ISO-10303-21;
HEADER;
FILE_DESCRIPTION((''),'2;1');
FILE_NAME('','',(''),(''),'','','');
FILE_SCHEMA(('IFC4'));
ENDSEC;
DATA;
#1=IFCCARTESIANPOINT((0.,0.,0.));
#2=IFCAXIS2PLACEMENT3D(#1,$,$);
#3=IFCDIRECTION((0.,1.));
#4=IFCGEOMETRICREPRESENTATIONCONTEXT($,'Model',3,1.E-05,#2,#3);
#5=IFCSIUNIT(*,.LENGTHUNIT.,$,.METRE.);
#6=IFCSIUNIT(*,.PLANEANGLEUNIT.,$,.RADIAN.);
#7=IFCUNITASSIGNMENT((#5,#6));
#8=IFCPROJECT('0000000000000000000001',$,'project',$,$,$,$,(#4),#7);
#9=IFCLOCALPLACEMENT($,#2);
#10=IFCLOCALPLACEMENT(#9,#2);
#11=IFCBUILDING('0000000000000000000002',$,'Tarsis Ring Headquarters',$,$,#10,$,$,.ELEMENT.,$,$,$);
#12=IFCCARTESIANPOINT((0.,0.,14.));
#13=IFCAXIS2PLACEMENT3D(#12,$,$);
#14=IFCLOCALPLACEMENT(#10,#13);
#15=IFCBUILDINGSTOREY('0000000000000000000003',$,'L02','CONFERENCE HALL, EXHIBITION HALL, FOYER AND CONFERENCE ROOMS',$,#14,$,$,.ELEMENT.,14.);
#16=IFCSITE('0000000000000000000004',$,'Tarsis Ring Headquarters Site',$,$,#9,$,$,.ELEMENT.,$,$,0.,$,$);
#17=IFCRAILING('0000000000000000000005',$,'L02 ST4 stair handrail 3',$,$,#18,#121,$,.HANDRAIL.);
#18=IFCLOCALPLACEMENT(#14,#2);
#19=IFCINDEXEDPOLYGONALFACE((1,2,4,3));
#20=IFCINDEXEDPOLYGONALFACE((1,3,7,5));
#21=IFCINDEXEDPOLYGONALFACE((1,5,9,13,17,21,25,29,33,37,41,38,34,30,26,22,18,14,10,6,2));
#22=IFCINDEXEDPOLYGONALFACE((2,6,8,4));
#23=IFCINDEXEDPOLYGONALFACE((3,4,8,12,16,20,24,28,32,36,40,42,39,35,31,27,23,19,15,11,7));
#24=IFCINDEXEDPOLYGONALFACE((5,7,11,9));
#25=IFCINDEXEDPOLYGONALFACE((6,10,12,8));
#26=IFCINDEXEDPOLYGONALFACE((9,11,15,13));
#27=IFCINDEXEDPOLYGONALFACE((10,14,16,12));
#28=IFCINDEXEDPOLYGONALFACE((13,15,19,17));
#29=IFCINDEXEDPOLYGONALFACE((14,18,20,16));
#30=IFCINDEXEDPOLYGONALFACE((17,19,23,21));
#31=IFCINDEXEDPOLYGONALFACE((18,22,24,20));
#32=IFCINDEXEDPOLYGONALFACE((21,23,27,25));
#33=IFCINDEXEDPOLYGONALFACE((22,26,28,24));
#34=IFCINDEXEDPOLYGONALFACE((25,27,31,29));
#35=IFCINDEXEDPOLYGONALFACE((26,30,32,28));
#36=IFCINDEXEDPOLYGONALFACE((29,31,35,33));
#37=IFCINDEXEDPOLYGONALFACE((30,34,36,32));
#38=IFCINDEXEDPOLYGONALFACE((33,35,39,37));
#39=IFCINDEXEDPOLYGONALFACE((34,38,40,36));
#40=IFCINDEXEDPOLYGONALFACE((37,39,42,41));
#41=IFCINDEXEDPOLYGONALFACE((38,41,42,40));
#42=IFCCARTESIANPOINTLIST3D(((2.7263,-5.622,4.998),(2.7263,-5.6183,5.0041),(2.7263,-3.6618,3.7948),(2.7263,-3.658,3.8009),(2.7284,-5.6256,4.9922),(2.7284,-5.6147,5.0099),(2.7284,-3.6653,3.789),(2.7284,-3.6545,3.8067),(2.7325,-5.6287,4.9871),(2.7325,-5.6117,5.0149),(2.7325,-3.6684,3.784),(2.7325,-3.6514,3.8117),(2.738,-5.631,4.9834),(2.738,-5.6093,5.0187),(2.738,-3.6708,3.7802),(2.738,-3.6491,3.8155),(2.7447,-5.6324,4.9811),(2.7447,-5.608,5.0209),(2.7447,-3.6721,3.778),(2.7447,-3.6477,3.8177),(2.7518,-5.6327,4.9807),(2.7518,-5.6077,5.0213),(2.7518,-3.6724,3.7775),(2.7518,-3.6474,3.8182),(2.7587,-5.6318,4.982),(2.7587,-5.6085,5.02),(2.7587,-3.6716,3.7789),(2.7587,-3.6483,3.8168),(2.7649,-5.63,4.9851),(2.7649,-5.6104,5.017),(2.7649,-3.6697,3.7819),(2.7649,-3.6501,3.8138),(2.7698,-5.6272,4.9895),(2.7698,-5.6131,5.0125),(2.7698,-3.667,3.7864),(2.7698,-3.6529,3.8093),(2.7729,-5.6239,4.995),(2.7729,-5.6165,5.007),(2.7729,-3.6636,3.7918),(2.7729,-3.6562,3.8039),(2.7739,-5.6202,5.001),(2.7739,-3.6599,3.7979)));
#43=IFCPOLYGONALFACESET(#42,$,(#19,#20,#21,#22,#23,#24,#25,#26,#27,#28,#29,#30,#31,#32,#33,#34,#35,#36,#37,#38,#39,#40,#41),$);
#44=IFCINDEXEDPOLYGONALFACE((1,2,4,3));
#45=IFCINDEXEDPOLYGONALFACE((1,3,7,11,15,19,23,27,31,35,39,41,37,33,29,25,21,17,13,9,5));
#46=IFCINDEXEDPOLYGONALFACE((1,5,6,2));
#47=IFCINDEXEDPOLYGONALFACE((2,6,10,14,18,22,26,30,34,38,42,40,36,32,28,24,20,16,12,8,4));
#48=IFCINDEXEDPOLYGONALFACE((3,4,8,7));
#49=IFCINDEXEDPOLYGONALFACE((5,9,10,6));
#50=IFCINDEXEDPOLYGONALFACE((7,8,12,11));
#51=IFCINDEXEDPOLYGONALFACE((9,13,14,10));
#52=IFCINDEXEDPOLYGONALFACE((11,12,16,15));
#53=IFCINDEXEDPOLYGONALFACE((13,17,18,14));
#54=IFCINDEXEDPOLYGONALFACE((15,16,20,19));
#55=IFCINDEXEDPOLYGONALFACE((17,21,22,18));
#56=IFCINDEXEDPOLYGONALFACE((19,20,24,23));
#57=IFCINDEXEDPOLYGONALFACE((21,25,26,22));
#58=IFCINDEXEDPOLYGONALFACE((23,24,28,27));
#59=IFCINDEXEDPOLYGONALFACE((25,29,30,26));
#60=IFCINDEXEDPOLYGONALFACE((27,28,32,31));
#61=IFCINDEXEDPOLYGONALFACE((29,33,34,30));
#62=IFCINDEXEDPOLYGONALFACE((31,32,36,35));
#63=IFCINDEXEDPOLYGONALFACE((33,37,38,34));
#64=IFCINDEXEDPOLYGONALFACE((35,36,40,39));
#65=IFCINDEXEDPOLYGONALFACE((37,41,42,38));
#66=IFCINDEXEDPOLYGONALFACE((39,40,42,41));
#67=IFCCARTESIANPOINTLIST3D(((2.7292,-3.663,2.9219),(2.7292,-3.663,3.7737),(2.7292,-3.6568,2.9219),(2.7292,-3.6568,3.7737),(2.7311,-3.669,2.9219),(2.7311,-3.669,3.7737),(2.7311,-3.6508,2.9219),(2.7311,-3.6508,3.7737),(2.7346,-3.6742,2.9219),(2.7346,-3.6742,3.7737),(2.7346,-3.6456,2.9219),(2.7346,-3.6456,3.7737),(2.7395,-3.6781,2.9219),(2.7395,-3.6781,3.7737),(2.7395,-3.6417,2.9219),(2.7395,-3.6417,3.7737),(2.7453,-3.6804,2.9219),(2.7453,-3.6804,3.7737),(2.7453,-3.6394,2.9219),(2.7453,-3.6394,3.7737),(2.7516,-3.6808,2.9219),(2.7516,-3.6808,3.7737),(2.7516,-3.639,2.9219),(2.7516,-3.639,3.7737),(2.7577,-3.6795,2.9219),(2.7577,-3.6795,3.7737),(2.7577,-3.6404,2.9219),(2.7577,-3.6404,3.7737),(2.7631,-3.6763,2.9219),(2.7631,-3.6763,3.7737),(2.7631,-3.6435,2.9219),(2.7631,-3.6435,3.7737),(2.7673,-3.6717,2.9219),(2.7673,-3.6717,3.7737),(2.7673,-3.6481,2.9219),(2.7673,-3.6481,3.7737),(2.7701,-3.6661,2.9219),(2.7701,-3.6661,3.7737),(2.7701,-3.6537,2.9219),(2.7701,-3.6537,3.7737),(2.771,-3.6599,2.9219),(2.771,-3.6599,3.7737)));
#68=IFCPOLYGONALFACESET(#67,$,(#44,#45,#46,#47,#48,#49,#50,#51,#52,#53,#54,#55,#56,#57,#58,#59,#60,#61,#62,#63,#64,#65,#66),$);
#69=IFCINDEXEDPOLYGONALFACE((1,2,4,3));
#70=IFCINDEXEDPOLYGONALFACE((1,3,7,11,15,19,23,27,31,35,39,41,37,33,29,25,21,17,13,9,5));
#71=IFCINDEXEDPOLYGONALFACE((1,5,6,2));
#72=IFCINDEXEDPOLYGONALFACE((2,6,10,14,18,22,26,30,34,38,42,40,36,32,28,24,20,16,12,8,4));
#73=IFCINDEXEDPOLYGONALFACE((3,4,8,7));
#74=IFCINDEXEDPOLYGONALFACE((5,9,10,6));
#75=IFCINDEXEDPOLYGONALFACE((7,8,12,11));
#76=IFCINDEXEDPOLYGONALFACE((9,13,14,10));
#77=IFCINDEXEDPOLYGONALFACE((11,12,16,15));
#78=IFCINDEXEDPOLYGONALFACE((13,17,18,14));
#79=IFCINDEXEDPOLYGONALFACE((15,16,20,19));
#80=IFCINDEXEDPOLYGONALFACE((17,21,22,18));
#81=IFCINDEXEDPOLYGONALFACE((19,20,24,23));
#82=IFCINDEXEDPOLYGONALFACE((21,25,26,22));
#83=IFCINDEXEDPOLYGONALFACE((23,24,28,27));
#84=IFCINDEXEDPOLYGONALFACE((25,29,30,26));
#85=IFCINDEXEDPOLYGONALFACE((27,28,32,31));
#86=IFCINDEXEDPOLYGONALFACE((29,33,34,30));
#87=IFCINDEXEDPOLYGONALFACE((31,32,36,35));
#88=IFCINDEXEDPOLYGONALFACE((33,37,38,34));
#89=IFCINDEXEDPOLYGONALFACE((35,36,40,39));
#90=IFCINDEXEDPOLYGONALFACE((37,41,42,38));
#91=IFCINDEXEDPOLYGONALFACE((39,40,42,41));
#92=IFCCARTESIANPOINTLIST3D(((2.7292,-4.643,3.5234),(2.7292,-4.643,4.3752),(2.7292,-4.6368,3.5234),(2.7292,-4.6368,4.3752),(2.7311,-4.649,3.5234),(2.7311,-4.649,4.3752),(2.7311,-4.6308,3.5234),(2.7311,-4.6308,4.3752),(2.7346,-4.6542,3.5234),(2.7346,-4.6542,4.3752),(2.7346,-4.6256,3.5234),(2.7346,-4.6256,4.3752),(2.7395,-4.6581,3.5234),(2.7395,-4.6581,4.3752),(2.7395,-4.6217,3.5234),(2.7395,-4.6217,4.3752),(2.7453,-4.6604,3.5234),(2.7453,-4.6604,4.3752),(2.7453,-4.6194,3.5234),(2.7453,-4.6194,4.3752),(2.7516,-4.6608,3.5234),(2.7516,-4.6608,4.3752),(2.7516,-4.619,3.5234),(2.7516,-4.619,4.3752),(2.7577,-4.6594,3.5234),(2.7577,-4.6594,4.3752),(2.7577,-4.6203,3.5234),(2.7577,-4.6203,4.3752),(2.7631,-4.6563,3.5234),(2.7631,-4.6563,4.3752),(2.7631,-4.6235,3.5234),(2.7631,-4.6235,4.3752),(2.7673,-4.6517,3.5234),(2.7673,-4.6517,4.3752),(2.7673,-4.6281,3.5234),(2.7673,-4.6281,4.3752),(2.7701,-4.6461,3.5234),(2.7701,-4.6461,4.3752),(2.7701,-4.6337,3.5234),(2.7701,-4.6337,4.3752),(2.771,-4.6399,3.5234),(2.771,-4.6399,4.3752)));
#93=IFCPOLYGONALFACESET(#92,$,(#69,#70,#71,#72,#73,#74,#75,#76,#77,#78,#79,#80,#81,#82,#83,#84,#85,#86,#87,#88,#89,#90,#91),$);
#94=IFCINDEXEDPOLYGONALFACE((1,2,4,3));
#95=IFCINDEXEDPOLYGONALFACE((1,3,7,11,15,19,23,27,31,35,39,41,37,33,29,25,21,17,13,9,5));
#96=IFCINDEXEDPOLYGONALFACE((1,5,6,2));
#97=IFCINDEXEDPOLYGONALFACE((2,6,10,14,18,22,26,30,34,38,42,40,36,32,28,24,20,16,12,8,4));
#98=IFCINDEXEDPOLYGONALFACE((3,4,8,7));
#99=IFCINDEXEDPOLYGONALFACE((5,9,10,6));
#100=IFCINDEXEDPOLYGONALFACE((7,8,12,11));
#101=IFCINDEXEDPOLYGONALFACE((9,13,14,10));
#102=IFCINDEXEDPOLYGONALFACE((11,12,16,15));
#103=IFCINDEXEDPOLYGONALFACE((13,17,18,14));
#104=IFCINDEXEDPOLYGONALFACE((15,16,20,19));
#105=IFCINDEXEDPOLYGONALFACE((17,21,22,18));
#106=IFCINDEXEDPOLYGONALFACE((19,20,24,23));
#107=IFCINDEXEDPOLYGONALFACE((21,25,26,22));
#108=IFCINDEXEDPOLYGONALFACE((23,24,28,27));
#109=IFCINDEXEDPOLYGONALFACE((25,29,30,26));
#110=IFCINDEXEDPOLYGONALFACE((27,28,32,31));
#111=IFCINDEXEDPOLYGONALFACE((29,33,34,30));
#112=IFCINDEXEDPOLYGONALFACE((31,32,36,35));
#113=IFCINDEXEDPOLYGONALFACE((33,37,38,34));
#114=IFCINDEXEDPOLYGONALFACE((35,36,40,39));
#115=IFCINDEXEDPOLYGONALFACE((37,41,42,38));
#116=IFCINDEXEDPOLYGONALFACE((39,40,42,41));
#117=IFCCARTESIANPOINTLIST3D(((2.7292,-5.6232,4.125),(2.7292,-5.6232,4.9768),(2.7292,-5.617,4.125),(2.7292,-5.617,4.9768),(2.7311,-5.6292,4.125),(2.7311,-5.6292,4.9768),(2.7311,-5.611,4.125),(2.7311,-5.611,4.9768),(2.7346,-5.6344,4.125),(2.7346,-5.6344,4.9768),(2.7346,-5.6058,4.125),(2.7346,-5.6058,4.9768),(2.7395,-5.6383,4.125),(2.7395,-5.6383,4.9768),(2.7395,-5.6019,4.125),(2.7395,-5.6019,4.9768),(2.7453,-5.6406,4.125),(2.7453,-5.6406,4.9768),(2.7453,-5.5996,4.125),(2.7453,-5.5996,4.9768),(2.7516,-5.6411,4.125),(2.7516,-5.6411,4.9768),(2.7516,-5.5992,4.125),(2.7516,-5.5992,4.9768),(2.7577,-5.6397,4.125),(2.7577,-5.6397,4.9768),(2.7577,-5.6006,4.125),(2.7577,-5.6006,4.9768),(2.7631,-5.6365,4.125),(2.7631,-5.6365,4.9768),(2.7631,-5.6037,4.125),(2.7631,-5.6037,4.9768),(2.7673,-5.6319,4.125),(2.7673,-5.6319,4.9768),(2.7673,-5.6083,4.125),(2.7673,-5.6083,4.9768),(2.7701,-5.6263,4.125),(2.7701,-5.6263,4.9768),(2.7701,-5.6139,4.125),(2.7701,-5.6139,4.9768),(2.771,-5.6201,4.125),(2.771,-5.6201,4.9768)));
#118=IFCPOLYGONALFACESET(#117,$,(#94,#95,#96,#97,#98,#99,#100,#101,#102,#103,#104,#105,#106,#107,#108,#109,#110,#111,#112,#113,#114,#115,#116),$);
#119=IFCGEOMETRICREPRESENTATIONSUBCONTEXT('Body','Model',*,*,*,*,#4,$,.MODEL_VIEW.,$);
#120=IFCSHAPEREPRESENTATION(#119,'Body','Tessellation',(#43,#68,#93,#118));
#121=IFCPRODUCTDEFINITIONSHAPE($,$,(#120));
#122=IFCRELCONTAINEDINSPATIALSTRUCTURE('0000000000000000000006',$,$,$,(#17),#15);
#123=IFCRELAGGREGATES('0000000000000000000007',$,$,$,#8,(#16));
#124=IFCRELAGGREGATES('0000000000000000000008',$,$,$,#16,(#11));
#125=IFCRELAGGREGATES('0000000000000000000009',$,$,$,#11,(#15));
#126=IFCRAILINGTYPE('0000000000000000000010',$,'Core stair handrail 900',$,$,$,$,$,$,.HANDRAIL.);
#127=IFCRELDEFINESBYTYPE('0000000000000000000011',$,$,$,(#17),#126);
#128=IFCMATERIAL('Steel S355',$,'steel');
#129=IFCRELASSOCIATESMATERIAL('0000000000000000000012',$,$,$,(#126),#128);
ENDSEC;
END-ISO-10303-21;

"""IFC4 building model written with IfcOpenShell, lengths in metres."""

from ifc_helpers import new_model, si_unit, direction, frame, origin, origin_2d, place, context, subcontext, project, spatial, circle, extrude, material, type_object, element, save


model = new_model("IFC4")

# Units and contexts
model_context = context("Model", 3, precision=1e-05, world=origin(), true_north=direction((0.0, 1.0)))
body_context = subcontext(model_context, "Body", "Model", "MODEL_VIEW")
ifc_project = project(units=[si_unit("LENGTHUNIT", "METRE"), si_unit("PLANEANGLEUNIT", "RADIAN")], contexts=[model_context])

# Site, building, storey
site_placement = place(None, origin())
site = spatial("IfcSite", under=ifc_project, at=site_placement, Name="Tarsis Ring Headquarters Site", CompositionType="ELEMENT", RefElevation=0.0)
building_placement = place(site_placement, origin())
building = spatial("IfcBuilding", under=site, at=building_placement, Name="Tarsis Ring Headquarters", CompositionType="ELEMENT")
storey_placement = place(building_placement, frame((0.0, 0.0, 14.0)))
storey = spatial("IfcBuildingStorey", under=building, at=storey_placement, Name="L02", Description="CONFERENCE HALL, EXHIBITION HALL, FOYER AND CONFERENCE ROOMS", CompositionType="ELEMENT", Elevation=14.0)

# Railing
ifc_material_1 = material(Name="Steel S355", Category="steel")
railing_type_1 = type_object("IfcRailingType", Name="Core stair handrail 900", PredefinedType="HANDRAIL", material=ifc_material_1)
railing_1_placement = place(storey_placement, frame((2.75, -3.6599, 2.9219)))
element("IfcRailing", 1, at=railing_1_placement, inside=storey, type_object=railing_type_1, Name="L02 ST4 stair handrail 3", PredefinedType="HANDRAIL", context=body_context, shape_type="SweptSolid", body=[
    extrude(circle(Radius=0.0239, at=origin_2d()), frame((0.0, 0.0, 0.876), z_axis=(0.0, -0.85227, 0.523102), x_axis=(1.0, 0.0, 0.0)), (0.0, 0.0, 1.0), 2.3),
    extrude(circle(Radius=0.021, at=origin_2d()), origin(), (0.0, 0.0, 1.0), 0.8518),
    extrude(circle(Radius=0.021, at=origin_2d()), frame((0.0, -0.98, 0.6016)), (0.0, 0.0, 1.0), 0.8518),
    extrude(circle(Radius=0.021, at=origin_2d()), frame((0.0, -1.9602, 1.2031)), (0.0, 0.0, 1.0), 0.8518),
])

save(model, "model.ifc")
